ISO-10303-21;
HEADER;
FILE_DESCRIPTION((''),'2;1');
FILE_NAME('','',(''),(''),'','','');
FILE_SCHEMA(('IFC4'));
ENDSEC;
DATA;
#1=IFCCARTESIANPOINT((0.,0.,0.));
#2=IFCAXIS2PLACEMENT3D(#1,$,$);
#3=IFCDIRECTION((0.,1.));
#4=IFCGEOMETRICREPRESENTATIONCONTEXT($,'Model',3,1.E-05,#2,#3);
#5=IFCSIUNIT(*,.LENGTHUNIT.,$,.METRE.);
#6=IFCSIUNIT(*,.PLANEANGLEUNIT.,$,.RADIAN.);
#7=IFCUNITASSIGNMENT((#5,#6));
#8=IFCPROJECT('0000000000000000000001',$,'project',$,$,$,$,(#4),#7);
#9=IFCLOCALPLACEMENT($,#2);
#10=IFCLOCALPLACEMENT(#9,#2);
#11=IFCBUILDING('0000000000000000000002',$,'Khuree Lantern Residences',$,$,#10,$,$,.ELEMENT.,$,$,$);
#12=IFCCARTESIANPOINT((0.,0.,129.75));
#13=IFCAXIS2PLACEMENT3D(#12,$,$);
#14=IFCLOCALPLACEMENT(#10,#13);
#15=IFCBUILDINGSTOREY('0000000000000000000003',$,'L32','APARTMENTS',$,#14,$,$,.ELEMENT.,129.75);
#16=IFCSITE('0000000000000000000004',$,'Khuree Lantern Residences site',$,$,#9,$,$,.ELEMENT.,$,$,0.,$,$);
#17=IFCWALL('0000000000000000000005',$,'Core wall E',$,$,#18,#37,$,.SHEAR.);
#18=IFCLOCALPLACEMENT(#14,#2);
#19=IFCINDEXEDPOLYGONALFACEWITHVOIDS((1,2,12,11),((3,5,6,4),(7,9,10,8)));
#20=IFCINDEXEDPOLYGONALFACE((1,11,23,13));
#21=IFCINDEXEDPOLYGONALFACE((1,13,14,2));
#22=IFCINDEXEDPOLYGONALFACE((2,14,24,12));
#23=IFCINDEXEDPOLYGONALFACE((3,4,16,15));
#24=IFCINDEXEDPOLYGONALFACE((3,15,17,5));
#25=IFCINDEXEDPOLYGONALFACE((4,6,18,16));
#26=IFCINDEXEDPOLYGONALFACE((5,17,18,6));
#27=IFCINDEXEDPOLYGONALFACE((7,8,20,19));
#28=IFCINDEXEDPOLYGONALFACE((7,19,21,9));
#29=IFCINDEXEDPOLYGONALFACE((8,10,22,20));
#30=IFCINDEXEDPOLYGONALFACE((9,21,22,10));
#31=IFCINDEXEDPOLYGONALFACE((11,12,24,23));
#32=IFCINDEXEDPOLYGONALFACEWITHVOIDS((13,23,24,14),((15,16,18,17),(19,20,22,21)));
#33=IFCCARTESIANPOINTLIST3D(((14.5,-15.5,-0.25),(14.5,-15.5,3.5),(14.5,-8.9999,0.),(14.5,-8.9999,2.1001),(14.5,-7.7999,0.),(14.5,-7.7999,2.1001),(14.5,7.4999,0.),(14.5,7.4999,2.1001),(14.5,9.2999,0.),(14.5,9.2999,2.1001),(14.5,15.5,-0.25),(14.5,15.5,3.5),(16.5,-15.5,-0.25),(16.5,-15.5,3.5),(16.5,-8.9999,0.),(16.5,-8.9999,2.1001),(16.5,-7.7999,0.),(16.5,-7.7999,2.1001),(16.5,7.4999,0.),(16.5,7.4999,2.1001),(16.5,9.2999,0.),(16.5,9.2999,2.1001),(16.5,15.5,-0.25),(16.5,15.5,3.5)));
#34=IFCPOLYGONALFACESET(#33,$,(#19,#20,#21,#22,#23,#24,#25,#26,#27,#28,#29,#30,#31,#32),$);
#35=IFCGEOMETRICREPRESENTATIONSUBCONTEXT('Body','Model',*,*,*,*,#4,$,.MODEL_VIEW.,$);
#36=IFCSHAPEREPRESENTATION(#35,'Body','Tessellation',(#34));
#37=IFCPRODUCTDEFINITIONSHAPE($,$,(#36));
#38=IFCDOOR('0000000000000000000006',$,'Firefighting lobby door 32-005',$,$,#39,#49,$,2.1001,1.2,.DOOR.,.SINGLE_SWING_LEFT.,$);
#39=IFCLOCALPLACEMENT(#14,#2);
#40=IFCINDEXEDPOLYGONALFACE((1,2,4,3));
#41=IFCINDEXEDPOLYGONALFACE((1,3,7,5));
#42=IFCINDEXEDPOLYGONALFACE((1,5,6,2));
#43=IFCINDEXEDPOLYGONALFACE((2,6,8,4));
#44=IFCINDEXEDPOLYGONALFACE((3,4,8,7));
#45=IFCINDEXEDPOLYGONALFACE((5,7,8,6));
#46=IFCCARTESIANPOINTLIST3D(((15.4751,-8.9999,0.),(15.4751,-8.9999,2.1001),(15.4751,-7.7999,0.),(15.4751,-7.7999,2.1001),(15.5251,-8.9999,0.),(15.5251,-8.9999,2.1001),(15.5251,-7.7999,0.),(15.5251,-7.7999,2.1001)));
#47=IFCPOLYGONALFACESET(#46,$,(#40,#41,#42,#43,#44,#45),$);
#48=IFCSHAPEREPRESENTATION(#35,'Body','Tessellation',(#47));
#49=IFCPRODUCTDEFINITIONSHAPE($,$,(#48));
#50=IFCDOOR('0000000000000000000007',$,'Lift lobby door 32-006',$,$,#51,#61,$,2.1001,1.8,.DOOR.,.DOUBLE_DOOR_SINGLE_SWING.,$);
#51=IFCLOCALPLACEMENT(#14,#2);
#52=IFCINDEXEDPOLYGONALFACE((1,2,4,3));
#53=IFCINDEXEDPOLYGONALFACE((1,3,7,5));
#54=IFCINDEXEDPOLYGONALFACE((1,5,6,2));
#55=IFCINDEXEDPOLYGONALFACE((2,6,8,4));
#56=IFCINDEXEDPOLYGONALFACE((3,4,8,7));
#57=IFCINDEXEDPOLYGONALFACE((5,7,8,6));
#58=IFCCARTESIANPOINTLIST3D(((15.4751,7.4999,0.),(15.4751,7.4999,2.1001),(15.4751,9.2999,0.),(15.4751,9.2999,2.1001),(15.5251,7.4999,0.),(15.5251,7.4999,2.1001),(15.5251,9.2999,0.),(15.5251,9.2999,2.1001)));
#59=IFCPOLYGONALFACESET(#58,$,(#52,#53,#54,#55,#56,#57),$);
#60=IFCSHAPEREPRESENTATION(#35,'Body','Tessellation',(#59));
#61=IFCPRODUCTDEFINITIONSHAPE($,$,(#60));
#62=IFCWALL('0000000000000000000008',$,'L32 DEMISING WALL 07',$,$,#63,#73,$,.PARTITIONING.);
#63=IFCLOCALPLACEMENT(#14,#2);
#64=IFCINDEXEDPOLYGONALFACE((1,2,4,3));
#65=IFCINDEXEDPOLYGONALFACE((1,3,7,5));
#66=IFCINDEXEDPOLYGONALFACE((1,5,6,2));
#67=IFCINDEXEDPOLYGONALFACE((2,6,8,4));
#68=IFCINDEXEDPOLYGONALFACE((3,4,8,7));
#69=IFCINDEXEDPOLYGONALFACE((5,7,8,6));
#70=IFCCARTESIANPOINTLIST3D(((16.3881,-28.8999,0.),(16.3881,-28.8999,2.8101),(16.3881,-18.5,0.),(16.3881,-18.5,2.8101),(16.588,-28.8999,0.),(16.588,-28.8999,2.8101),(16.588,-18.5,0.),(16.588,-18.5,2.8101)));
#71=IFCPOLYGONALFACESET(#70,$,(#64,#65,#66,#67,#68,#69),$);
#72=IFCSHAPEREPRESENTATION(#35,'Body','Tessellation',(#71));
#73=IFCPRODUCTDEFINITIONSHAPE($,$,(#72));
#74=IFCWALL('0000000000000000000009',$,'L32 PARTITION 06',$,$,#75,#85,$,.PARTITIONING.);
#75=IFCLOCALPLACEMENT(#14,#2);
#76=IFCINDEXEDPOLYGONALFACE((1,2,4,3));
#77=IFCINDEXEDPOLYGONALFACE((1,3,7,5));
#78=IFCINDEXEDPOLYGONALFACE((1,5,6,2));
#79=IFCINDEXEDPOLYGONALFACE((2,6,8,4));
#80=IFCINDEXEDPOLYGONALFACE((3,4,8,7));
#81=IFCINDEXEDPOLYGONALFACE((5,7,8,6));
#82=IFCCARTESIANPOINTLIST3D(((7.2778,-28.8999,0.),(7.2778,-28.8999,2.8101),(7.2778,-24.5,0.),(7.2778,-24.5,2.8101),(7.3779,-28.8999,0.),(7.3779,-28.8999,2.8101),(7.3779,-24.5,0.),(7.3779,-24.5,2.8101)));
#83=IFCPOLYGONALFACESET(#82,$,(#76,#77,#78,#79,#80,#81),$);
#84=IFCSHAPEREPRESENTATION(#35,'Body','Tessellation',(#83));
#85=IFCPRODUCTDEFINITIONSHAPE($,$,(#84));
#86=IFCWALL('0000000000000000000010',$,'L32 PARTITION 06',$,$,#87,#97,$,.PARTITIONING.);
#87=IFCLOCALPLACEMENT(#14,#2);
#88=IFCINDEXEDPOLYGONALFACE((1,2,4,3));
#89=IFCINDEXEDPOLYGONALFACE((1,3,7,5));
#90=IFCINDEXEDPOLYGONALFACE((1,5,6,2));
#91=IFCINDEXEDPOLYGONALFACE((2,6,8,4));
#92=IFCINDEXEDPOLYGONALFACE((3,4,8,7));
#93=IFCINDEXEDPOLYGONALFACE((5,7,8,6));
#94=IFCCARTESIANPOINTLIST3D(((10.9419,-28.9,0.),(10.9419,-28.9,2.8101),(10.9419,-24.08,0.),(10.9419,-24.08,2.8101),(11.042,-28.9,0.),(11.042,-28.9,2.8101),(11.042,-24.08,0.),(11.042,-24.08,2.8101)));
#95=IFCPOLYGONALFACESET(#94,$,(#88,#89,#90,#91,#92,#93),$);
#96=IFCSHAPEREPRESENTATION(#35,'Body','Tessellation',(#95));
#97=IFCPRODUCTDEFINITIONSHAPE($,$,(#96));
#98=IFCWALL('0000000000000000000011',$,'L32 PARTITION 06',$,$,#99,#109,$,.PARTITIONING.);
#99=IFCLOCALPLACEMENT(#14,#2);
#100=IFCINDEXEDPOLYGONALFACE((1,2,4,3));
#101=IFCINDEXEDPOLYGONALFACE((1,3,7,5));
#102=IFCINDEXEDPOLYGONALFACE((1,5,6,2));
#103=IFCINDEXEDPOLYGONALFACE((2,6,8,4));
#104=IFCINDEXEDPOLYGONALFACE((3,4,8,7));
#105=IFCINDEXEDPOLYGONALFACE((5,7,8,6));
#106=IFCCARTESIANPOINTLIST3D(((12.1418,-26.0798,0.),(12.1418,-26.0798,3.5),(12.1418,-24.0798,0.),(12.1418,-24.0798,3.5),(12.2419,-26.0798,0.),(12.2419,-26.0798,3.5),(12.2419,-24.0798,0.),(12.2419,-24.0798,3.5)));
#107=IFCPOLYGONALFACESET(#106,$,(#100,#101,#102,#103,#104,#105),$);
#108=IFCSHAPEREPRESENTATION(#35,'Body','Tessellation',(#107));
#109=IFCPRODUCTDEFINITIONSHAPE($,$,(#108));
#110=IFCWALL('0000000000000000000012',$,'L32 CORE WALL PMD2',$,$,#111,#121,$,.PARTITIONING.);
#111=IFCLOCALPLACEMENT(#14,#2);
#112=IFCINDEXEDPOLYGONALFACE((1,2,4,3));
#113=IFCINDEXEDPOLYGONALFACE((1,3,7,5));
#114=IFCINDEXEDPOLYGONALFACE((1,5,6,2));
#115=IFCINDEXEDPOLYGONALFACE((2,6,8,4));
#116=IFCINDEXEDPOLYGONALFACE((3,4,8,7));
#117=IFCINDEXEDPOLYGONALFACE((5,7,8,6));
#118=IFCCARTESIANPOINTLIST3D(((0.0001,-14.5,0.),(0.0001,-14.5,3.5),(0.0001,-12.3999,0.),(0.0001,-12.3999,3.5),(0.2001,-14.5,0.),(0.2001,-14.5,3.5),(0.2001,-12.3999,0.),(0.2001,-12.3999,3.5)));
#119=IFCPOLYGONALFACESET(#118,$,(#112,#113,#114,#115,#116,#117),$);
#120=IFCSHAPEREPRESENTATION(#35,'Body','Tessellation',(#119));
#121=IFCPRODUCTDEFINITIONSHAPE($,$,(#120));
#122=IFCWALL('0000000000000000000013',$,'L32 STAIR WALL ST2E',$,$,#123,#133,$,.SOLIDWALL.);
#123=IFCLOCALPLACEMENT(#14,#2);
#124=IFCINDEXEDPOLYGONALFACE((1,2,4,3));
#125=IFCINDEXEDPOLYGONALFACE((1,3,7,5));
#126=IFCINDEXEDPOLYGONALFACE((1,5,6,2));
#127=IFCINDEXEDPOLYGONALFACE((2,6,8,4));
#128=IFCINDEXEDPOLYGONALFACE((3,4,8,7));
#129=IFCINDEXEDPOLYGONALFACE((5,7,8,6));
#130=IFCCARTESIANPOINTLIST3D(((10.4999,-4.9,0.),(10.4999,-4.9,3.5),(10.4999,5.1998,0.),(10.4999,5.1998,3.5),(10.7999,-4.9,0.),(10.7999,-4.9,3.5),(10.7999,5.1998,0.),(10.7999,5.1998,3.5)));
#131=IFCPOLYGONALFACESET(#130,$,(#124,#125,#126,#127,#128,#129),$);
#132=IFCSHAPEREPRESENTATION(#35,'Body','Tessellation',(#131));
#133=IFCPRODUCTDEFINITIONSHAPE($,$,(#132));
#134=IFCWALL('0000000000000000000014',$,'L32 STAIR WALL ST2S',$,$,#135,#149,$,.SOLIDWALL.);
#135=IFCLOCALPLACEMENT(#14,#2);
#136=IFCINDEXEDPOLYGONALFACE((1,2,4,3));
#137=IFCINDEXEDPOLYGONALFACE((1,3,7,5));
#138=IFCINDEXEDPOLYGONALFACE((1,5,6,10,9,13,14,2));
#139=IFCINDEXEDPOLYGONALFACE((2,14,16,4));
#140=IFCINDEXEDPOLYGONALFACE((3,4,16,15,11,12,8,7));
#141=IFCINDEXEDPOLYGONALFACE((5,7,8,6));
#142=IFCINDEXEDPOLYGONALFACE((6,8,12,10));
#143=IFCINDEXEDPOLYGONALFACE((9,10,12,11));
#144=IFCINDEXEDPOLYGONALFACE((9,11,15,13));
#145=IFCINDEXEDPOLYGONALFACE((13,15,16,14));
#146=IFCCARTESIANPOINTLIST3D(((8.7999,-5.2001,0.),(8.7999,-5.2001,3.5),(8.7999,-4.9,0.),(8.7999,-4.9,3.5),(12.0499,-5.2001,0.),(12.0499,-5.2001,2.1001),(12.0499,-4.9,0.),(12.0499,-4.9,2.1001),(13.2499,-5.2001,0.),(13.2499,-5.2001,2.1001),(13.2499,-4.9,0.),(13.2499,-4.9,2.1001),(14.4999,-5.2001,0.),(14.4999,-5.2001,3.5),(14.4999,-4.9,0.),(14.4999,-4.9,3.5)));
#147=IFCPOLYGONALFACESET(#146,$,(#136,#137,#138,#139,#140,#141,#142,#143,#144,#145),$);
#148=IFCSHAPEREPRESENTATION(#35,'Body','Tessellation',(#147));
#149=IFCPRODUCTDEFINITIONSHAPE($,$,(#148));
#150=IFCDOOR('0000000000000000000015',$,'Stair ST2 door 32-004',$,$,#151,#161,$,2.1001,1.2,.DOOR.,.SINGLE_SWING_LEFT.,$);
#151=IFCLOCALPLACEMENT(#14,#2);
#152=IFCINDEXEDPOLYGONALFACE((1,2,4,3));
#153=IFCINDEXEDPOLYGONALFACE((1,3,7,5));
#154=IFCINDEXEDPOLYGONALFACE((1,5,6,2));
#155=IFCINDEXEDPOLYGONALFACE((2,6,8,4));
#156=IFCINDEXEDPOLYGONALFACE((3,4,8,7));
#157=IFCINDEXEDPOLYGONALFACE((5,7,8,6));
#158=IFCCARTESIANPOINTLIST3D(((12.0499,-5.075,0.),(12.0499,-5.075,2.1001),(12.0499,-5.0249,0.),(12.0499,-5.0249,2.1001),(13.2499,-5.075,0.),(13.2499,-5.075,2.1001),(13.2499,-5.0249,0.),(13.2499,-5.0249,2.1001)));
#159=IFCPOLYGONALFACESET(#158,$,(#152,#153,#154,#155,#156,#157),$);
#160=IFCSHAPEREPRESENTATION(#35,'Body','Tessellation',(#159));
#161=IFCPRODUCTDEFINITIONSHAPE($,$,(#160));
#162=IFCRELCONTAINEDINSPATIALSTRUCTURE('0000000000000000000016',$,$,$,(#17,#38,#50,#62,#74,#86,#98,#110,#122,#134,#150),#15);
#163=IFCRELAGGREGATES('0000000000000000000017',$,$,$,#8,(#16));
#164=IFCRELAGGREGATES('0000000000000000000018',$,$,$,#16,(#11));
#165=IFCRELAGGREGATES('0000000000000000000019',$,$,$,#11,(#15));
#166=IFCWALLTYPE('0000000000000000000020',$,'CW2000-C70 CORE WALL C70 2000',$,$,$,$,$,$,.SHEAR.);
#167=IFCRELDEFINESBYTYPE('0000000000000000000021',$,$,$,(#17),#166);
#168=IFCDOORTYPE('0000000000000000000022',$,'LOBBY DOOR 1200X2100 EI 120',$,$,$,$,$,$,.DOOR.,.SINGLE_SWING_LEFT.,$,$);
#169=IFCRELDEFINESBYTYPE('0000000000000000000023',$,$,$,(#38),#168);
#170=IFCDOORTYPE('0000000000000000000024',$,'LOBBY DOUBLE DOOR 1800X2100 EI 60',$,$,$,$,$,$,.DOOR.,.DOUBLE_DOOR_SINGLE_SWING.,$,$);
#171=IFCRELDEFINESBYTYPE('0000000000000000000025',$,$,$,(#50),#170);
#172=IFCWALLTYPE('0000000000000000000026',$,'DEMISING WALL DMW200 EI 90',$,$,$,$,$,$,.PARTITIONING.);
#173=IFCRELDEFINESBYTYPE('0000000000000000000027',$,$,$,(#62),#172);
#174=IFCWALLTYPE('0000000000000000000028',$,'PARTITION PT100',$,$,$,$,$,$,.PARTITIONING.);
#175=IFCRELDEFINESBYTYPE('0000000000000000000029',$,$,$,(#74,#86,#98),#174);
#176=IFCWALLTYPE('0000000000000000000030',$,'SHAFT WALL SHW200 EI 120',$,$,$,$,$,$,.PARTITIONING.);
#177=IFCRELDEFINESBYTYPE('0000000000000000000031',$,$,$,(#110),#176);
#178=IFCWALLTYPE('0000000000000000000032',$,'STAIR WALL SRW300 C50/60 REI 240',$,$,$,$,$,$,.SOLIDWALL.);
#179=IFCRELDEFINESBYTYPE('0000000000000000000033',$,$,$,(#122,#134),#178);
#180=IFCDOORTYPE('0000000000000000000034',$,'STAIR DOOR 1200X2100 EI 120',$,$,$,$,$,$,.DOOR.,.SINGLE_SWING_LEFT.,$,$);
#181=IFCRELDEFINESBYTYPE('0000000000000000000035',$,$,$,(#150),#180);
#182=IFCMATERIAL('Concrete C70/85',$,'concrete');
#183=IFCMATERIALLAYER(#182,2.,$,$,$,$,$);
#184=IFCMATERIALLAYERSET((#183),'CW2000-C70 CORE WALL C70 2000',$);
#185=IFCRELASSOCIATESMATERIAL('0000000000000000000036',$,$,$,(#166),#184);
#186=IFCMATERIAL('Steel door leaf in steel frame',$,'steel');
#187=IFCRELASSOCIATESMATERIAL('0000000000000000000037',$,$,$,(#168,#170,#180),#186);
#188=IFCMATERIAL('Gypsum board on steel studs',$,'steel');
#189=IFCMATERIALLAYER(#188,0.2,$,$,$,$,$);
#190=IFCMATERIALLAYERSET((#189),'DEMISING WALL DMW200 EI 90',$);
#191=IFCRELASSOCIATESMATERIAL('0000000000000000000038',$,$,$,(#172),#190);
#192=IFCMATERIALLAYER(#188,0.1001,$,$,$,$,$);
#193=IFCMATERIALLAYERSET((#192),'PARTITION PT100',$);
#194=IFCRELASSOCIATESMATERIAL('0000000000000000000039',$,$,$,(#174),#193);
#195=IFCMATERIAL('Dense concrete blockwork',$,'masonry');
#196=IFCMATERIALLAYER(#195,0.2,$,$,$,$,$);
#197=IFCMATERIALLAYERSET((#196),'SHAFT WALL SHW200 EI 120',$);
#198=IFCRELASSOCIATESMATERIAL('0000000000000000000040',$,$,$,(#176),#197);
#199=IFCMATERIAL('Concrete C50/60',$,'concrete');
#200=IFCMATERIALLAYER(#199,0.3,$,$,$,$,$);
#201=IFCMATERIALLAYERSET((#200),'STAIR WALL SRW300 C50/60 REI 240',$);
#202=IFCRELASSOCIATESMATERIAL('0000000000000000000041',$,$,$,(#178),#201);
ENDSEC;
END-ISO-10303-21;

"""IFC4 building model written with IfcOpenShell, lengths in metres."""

from ifc_helpers import new_model, si_unit, direction, frame, frame_2d, origin, place, context, subcontext, project, spatial, rectangle, extrude, material, layer, layer_set, type_object, element, fill, save


model = new_model("IFC4")

# Units and contexts
model_context = context("Model", 3, precision=1e-05, world=origin(), true_north=direction((0.0, 1.0)))
body_context = subcontext(model_context, "Body", "Model", "MODEL_VIEW")
ifc_project = project(units=[si_unit("LENGTHUNIT", "METRE"), si_unit("PLANEANGLEUNIT", "RADIAN")], contexts=[model_context])

# Site, building, storey
site_placement = place(None, origin())
site = spatial("IfcSite", under=ifc_project, at=site_placement, Name="Khuree Lantern Residences site", CompositionType="ELEMENT", RefElevation=0.0)
building_placement = place(site_placement, origin())
building = spatial("IfcBuilding", under=site, at=building_placement, Name="Khuree Lantern Residences", CompositionType="ELEMENT")
storey_placement = place(building_placement, frame((0.0, 0.0, 129.75)))
storey = spatial("IfcBuildingStorey", under=building, at=storey_placement, Name="L32", Description="APARTMENTS", CompositionType="ELEMENT", Elevation=129.75)

# Shared definitions
ifc_material_1 = material(Name="Concrete C70/85", Category="concrete")

# Shared definitions
ifc_material_2 = material(Name="Dense concrete blockwork", Category="masonry")

# Shared definitions
ifc_material_3 = material(Name="Gypsum board on steel studs", Category="steel")

# Wall, openings, doors
ifc_layer_1 = layer(ifc_material_1, 2.0)
ifc_layer_set_1 = layer_set([ifc_layer_1], Name="CW2000-C70 CORE WALL C70 2000")
wall_type_1 = type_object("IfcWallType", Name="CW2000-C70 CORE WALL C70 2000", PredefinedType="SHEAR", material=ifc_layer_set_1)
wall_1_placement = place(storey_placement, frame((15.5, -15.5, -0.25), z_axis=(0.0, 0.0, 1.0), x_axis=(0.0, 1.0, 0.0)))
wall_1 = element("IfcWall", 1, at=wall_1_placement, inside=storey, type_object=wall_type_1, Name="Core wall E", PredefinedType="SHEAR", context=body_context, shape_type="SweptSolid", body=[
    extrude(rectangle(XDim=31.0, YDim=2.0, at=frame_2d((15.5, 0.0))), origin(), (0.0, 0.0, 1.0), 3.75),
])
opening_1_placement = place(wall_1_placement, frame((6.5, 0.0, 0.25)))
opening_1 = element("IfcOpeningElement", 2, at=opening_1_placement, cuts=wall_1, PredefinedType="OPENING", context=body_context, shape_type="SweptSolid", body=[
    extrude(rectangle(XDim=1.2, YDim=2.1001, at=frame_2d((0.6001, 1.05))), frame((0.0, 1.01, 0.0), z_axis=(0.0, -1.0, 0.0), x_axis=(1.0, 0.0, 0.0)), (0.0, 0.0, 1.0), 2.02),
])
opening_2_placement = place(wall_1_placement, frame((23.0, 0.0, 0.25)))
opening_2 = element("IfcOpeningElement", 3, at=opening_2_placement, cuts=wall_1, PredefinedType="OPENING", context=body_context, shape_type="SweptSolid", body=[
    extrude(rectangle(XDim=1.8, YDim=2.1001, at=frame_2d((0.8999, 1.05))), frame((0.0, 1.01, 0.0), z_axis=(0.0, -1.0, 0.0), x_axis=(1.0, 0.0, 0.0)), (0.0, 0.0, 1.0), 2.02),
])
ifc_material_4 = material(Name="Steel door leaf in steel frame", Category="steel")
door_type_1 = type_object("IfcDoorType", Name="LOBBY DOOR 1200X2100 EI 120", OperationType="SINGLE_SWING_LEFT", PredefinedType="DOOR", material=ifc_material_4)
door_1_placement = place(opening_1_placement, origin())
door_1 = element("IfcDoor", 4, at=door_1_placement, inside=storey, type_object=door_type_1, Name="Firefighting lobby door 32-005", OperationType="SINGLE_SWING_LEFT", OverallHeight=2.1001, OverallWidth=1.2, PredefinedType="DOOR", context=body_context, shape_type="SweptSolid", body=[
    extrude(rectangle(XDim=1.2, YDim=2.1001, at=frame_2d((0.6001, 1.05))), frame((0.0, 0.0249, 0.0), z_axis=(0.0, -1.0, 0.0), x_axis=(1.0, 0.0, 0.0)), (0.0, 0.0, 1.0), 0.05),
])
fill(opening_1, door_1)
door_type_2 = type_object("IfcDoorType", Name="LOBBY DOUBLE DOOR 1800X2100 EI 60", OperationType="DOUBLE_DOOR_SINGLE_SWING", PredefinedType="DOOR", material=ifc_material_4)
door_2_placement = place(opening_2_placement, origin())
door_2 = element("IfcDoor", 5, at=door_2_placement, inside=storey, type_object=door_type_2, Name="Lift lobby door 32-006", OperationType="DOUBLE_DOOR_SINGLE_SWING", OverallHeight=2.1001, OverallWidth=1.8, PredefinedType="DOOR", context=body_context, shape_type="SweptSolid", body=[
    extrude(rectangle(XDim=1.8, YDim=2.1001, at=frame_2d((0.8999, 1.05))), frame((0.0, 0.0249, 0.0), z_axis=(0.0, -1.0, 0.0), x_axis=(1.0, 0.0, 0.0)), (0.0, 0.0, 1.0), 0.05),
])
fill(opening_2, door_2)

# Walls
ifc_layer_2 = layer(ifc_material_3, 0.2)
ifc_layer_set_2 = layer_set([ifc_layer_2], Name="DEMISING WALL DMW200 EI 90")
wall_type_2 = type_object("IfcWallType", Name="DEMISING WALL DMW200 EI 90", PredefinedType="PARTITIONING", material=ifc_layer_set_2)
wall_2_placement = place(storey_placement, frame((16.488, -18.5, 0.0), z_axis=(0.0, 0.0, 1.0), x_axis=(0.0, -1.0, 0.0)))
element("IfcWall", 6, at=wall_2_placement, inside=storey, type_object=wall_type_2, Name="L32 DEMISING WALL 07", PredefinedType="PARTITIONING", context=body_context, shape_type="SweptSolid", body=[
    extrude(rectangle(XDim=10.3999, YDim=0.2, at=frame_2d((5.2, 0.0))), origin(), (0.0, 0.0, 1.0), 2.8101),
])
ifc_layer_3 = layer(ifc_material_3, 0.1001)
ifc_layer_set_3 = layer_set([ifc_layer_3], Name="PARTITION PT100")
wall_type_3 = type_object("IfcWallType", Name="PARTITION PT100", PredefinedType="PARTITIONING", material=ifc_layer_set_3)
wall_3_placement = place(storey_placement, frame((7.3279, -24.5, 0.0), z_axis=(0.0, 0.0, 1.0), x_axis=(0.0, -1.0, 0.0)))
element("IfcWall", 7, at=wall_3_placement, inside=storey, type_object=wall_type_3, Name="L32 PARTITION 06", PredefinedType="PARTITIONING", context=body_context, shape_type="SweptSolid", body=[
    extrude(rectangle(XDim=4.3999, YDim=0.1001, at=frame_2d((2.2, 0.0))), origin(), (0.0, 0.0, 1.0), 2.8101),
])
wall_4_placement = place(storey_placement, frame((10.9919, -24.0798, 0.0), z_axis=(0.0, 0.0, 1.0), x_axis=(0.0, -1.0, 0.0)))
element("IfcWall", 8, at=wall_4_placement, inside=storey, type_object=wall_type_3, Name="L32 PARTITION 06", PredefinedType="PARTITIONING", context=body_context, shape_type="SweptSolid", body=[
    extrude(rectangle(XDim=4.8201, YDim=0.1001, at=frame_2d((2.4102, 0.0))), origin(), (0.0, 0.0, 1.0), 2.8101),
])
wall_5_placement = place(storey_placement, frame((12.1919, -24.0798, 0.0), z_axis=(0.0, 0.0, 1.0), x_axis=(0.0, -1.0, 0.0)))
element("IfcWall", 9, at=wall_5_placement, inside=storey, type_object=wall_type_3, Name="L32 PARTITION 06", PredefinedType="PARTITIONING", context=body_context, shape_type="SweptSolid", body=[
    extrude(rectangle(XDim=2.0, YDim=0.1001, at=frame_2d((1.0, 0.0))), origin(), (0.0, 0.0, 1.0), 3.5),
])
ifc_layer_4 = layer(ifc_material_2, 0.2)
ifc_layer_set_4 = layer_set([ifc_layer_4], Name="SHAFT WALL SHW200 EI 120")
wall_type_4 = type_object("IfcWallType", Name="SHAFT WALL SHW200 EI 120", PredefinedType="PARTITIONING", material=ifc_layer_set_4)
wall_6_placement = place(storey_placement, frame((0.1001, -14.5, 0.0), z_axis=(0.0, 0.0, 1.0), x_axis=(0.0, 1.0, 0.0)))
element("IfcWall", 10, at=wall_6_placement, inside=storey, type_object=wall_type_4, Name="L32 CORE WALL PMD2", PredefinedType="PARTITIONING", context=body_context, shape_type="SweptSolid", body=[
    extrude(rectangle(XDim=2.1001, YDim=0.2, at=frame_2d((1.05, 0.0))), origin(), (0.0, 0.0, 1.0), 3.5),
])
ifc_material_5 = material(Name="Concrete C50/60", Category="concrete")
ifc_layer_5 = layer(ifc_material_5, 0.3)
ifc_layer_set_5 = layer_set([ifc_layer_5], Name="STAIR WALL SRW300 C50/60 REI 240")
wall_type_5 = type_object("IfcWallType", Name="STAIR WALL SRW300 C50/60 REI 240", PredefinedType="SOLIDWALL", material=ifc_layer_set_5)
wall_7_placement = place(storey_placement, frame((10.6499, -4.8999, 0.0), z_axis=(0.0, 0.0, 1.0), x_axis=(0.0, 1.0, 0.0)))
element("IfcWall", 11, at=wall_7_placement, inside=storey, type_object=wall_type_5, Name="L32 STAIR WALL ST2E", PredefinedType="SOLIDWALL", context=body_context, shape_type="SweptSolid", body=[
    extrude(rectangle(XDim=10.0999, YDim=0.3, at=frame_2d((5.0498, 0.0))), origin(), (0.0, 0.0, 1.0), 3.5),
])

# Wall, opening, door
wall_8_placement = place(storey_placement, frame((14.5, -5.05, 0.0), z_axis=(0.0, 0.0, 1.0), x_axis=(-1.0, 0.0, 0.0)))
wall_8 = element("IfcWall", 12, at=wall_8_placement, inside=storey, type_object=wall_type_5, Name="L32 STAIR WALL ST2S", PredefinedType="SOLIDWALL", context=body_context, shape_type="SweptSolid", body=[
    extrude(rectangle(XDim=5.7, YDim=0.3, at=frame_2d((2.8501, 0.0))), origin(), (0.0, 0.0, 1.0), 3.5),
])
opening_3_placement = place(wall_8_placement, frame((1.25, 0.0, 0.0)))
opening_3 = element("IfcOpeningElement", 13, at=opening_3_placement, cuts=wall_8, PredefinedType="OPENING", context=body_context, shape_type="SweptSolid", body=[
    extrude(rectangle(XDim=1.2, YDim=2.1001, at=frame_2d((0.6001, 1.05))), frame((0.0, 0.1602, 0.0), z_axis=(0.0, -1.0, 0.0), x_axis=(1.0, 0.0, 0.0)), (0.0, 0.0, 1.0), 0.3201),
])
door_type_3 = type_object("IfcDoorType", Name="STAIR DOOR 1200X2100 EI 120", OperationType="SINGLE_SWING_LEFT", PredefinedType="DOOR", material=ifc_material_4)
door_3_placement = place(opening_3_placement, origin())
door_3 = element("IfcDoor", 14, at=door_3_placement, inside=storey, type_object=door_type_3, Name="Stair ST2 door 32-004", OperationType="SINGLE_SWING_LEFT", OverallHeight=2.1001, OverallWidth=1.2, PredefinedType="DOOR", context=body_context, shape_type="SweptSolid", body=[
    extrude(rectangle(XDim=1.2, YDim=2.1001, at=frame_2d((0.6001, 1.05))), frame((0.0, 0.0249, 0.0), z_axis=(0.0, -1.0, 0.0), x_axis=(1.0, 0.0, 0.0)), (0.0, 0.0, 1.0), 0.05),
])
fill(opening_3, door_3)

save(model, "model.ifc")
